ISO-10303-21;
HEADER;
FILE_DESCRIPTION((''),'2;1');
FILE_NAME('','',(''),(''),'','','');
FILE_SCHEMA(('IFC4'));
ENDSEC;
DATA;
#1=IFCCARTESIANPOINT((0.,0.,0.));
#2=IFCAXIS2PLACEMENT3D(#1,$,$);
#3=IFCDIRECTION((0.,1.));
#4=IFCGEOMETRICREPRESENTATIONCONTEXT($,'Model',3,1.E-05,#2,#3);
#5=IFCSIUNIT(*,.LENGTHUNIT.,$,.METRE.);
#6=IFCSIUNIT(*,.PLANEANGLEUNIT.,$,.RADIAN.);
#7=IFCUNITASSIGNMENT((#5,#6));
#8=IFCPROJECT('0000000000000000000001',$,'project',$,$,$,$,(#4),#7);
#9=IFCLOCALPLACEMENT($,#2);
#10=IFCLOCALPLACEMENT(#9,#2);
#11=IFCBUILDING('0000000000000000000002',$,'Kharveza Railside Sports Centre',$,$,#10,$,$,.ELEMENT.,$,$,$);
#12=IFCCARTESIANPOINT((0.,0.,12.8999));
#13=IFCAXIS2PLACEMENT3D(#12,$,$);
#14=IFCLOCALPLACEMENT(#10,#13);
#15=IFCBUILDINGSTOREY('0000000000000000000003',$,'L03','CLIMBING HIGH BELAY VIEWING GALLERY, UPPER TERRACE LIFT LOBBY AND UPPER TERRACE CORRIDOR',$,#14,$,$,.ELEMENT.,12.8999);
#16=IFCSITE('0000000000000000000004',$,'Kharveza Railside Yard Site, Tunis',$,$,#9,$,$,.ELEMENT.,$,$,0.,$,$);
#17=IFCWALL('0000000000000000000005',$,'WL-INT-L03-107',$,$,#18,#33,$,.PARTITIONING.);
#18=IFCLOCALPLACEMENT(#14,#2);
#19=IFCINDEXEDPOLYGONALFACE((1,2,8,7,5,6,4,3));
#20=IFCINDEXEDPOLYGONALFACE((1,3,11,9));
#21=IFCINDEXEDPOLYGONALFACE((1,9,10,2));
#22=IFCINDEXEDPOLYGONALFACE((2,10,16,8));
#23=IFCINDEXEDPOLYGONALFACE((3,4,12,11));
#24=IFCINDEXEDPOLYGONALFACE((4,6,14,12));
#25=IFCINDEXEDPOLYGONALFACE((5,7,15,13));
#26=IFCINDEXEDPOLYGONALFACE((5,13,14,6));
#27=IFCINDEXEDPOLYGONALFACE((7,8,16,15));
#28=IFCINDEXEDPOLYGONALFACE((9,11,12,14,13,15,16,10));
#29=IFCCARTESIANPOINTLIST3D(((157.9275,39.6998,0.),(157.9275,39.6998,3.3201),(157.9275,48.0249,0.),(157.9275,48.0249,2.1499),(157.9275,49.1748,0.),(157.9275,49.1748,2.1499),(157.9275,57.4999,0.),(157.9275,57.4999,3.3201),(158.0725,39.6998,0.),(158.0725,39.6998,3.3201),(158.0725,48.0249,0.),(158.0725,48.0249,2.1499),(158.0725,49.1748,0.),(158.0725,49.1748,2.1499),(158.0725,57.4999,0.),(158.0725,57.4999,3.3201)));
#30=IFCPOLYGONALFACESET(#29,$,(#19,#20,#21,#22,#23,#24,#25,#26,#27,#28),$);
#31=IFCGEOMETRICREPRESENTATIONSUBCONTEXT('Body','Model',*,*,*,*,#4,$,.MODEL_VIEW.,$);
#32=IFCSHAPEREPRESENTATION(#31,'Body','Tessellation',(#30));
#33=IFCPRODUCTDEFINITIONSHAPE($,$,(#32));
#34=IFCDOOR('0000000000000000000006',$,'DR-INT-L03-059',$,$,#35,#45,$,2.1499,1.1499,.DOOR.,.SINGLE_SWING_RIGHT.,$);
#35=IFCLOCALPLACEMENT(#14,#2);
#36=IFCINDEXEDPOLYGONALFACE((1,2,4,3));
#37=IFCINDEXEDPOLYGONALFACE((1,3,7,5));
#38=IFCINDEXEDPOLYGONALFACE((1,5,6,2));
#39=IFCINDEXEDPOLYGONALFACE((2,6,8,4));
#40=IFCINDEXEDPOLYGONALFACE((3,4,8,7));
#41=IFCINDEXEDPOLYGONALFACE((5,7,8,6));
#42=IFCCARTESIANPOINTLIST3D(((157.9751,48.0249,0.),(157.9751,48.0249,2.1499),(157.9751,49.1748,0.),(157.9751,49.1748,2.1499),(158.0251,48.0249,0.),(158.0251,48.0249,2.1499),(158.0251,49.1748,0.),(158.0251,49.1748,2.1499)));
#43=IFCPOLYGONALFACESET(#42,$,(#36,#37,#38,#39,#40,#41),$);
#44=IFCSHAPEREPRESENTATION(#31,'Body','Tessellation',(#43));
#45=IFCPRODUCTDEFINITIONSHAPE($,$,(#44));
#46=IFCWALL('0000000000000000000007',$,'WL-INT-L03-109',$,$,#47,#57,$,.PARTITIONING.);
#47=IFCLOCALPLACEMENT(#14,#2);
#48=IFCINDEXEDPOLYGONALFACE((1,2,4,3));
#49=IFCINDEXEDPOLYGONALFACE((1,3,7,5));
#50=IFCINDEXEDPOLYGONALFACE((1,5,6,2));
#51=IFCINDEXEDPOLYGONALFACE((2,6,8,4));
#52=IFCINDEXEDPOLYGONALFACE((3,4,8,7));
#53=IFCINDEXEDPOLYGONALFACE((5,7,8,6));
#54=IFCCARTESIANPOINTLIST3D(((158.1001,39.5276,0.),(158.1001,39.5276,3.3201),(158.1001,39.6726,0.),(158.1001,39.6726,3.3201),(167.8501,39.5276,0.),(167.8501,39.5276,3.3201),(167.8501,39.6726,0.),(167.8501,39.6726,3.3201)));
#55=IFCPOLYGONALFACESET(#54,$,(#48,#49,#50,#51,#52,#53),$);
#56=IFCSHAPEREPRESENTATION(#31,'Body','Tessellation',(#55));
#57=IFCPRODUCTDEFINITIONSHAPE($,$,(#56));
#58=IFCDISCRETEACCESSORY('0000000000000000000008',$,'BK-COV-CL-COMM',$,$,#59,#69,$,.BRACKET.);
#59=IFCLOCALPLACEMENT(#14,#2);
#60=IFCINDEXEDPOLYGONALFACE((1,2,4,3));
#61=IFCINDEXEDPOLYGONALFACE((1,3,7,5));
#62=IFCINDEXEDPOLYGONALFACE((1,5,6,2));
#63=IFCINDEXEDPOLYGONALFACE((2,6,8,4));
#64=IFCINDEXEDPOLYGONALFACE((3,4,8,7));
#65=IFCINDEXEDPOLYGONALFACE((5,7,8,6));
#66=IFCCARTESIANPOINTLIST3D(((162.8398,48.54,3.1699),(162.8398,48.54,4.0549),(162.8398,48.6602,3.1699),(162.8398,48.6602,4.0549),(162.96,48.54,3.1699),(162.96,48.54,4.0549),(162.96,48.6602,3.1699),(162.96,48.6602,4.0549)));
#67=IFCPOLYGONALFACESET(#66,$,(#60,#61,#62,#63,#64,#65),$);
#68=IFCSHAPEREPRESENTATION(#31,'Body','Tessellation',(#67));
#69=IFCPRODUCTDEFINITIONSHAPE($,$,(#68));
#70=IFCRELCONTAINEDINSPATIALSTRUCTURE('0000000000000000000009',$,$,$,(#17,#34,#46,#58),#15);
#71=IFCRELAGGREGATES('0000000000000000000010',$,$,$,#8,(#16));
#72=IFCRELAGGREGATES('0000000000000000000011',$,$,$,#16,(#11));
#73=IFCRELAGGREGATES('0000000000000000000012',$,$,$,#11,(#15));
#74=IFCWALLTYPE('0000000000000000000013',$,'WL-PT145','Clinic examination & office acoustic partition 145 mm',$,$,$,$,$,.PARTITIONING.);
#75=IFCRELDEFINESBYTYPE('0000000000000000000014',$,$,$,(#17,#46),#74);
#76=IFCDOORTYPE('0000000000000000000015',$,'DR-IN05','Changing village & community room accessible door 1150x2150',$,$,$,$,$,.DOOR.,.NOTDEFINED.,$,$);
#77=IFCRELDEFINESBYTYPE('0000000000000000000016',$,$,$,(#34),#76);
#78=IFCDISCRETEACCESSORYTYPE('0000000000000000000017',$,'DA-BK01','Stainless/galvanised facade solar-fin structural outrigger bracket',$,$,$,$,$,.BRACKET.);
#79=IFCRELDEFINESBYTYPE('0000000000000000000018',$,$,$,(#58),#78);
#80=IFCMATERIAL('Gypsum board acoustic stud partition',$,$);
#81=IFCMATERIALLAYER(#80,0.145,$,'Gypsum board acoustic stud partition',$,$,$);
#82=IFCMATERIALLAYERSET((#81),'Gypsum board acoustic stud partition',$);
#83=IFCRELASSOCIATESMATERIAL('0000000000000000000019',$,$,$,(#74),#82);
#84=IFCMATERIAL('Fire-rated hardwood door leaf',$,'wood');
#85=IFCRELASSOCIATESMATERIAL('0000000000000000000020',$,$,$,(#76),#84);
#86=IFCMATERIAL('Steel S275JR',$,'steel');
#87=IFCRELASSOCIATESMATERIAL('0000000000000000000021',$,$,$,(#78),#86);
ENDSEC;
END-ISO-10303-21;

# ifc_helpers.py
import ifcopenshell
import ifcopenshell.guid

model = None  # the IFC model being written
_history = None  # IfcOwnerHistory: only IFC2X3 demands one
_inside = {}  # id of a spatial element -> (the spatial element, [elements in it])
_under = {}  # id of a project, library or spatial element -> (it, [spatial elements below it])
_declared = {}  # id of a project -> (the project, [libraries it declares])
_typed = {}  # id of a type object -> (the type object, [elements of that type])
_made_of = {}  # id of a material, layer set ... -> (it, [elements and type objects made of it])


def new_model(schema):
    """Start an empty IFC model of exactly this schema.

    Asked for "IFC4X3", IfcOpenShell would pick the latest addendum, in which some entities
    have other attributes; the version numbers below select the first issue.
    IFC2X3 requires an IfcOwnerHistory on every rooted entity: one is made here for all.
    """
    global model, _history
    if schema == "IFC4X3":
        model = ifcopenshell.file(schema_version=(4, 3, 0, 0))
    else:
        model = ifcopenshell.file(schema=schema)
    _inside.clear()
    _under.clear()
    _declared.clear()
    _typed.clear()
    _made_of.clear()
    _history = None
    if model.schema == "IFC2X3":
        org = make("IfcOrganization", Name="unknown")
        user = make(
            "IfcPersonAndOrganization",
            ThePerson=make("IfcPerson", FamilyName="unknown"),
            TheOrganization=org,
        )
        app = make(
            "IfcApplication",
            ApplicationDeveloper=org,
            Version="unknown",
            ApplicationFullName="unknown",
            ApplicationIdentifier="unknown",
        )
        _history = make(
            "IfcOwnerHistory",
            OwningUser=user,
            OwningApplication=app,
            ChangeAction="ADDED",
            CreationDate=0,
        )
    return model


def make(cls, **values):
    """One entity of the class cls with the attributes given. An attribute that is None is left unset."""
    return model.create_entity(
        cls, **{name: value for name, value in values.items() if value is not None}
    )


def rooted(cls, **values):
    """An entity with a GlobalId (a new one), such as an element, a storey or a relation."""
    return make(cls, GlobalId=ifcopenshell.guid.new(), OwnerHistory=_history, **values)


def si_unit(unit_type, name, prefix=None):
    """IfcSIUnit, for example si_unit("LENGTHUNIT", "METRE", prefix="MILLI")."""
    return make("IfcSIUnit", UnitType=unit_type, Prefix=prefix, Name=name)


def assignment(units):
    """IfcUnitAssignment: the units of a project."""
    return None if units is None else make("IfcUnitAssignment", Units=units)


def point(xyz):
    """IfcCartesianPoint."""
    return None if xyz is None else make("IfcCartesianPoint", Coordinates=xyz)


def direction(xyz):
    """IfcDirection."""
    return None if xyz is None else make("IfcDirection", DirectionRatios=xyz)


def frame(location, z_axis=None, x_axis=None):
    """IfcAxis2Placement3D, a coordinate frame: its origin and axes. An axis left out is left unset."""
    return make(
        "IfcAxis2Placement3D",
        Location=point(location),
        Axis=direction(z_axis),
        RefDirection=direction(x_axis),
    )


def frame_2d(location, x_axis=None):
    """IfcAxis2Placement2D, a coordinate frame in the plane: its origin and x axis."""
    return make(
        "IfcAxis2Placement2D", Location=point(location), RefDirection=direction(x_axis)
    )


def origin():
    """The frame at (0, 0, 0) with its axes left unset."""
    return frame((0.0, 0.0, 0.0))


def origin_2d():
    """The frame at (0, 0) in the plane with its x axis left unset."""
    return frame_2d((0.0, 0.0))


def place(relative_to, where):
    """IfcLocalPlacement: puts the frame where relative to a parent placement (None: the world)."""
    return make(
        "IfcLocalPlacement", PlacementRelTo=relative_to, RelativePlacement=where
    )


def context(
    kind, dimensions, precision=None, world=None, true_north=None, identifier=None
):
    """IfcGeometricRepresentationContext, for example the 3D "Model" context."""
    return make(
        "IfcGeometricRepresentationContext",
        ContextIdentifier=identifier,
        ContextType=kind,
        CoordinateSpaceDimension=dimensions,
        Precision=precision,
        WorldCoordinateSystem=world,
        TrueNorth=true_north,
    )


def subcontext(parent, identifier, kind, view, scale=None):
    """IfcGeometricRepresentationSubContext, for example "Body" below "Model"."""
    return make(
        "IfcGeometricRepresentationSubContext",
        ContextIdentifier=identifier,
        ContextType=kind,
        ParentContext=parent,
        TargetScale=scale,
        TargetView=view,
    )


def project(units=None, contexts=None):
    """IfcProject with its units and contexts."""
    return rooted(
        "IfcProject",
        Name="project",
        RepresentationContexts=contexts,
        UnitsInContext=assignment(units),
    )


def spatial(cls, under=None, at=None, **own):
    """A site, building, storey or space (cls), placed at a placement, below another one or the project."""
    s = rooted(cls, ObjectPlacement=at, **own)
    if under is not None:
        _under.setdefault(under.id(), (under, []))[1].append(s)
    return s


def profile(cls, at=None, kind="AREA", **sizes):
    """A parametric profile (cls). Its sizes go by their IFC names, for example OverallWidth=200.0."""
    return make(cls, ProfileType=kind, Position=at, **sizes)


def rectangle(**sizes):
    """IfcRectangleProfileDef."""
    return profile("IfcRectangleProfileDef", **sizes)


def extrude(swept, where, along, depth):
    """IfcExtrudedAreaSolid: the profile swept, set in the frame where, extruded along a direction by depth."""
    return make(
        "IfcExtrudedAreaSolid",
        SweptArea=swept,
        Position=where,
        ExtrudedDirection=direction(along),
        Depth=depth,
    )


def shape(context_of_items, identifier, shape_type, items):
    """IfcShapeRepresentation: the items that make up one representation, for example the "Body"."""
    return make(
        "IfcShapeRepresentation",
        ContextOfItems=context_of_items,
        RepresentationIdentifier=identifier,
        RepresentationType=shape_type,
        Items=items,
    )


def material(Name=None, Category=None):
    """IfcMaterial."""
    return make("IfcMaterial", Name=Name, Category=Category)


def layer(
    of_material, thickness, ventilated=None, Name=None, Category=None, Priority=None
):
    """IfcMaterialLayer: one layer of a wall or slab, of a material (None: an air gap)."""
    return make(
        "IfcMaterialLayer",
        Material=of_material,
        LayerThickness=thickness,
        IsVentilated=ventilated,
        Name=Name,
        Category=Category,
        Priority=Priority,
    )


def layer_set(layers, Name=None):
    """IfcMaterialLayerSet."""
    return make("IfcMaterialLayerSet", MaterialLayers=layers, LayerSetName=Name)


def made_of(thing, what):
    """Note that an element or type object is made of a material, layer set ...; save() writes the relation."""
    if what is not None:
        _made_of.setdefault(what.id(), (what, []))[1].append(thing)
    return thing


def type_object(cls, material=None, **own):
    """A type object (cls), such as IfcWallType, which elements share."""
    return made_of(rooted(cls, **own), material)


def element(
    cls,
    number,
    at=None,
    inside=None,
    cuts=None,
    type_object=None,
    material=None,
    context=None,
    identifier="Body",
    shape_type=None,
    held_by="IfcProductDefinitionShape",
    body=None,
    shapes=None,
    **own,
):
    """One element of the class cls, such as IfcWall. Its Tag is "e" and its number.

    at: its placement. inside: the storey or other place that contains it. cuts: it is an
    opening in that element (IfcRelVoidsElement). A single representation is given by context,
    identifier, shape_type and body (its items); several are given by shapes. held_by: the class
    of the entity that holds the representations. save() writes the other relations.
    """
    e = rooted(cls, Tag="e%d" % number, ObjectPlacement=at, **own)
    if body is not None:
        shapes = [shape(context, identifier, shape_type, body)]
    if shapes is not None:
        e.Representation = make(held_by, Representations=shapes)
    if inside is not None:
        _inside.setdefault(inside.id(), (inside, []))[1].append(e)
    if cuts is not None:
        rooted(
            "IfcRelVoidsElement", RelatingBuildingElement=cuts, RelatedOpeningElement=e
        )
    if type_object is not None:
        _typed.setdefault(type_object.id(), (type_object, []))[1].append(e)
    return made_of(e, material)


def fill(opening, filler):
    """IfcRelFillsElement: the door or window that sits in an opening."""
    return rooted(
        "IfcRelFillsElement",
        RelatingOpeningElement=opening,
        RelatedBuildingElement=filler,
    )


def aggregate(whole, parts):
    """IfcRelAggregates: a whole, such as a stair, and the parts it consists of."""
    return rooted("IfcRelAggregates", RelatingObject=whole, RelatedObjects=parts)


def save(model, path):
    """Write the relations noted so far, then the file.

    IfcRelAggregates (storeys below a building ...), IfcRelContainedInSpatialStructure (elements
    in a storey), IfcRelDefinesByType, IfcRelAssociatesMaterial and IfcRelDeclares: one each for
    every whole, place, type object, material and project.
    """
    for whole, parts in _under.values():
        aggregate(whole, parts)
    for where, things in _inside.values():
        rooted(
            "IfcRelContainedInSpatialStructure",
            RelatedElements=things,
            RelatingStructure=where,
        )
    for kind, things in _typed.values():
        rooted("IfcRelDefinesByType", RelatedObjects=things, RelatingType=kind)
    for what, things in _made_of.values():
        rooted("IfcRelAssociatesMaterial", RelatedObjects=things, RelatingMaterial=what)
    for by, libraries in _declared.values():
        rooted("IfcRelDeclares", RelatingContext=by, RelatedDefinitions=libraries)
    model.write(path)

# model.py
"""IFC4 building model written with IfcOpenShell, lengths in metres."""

from ifc_helpers import new_model, si_unit, direction, frame, frame_2d, origin, origin_2d, place, context, subcontext, project, spatial, rectangle, extrude, material, layer, layer_set, type_object, element, fill, save


model = new_model("IFC4")

# Units and contexts
model_context = context("Model", 3, precision=1e-05, world=origin(), true_north=direction((0.0, 1.0)))
body_context = subcontext(model_context, "Body", "Model", "MODEL_VIEW")
ifc_project = project(units=[si_unit("LENGTHUNIT", "METRE"), si_unit("PLANEANGLEUNIT", "RADIAN")], contexts=[model_context])

# Site, building, storey
site_placement = place(None, origin())
site = spatial("IfcSite", under=ifc_project, at=site_placement, Name="Kharveza Railside Yard Site, Tunis", CompositionType="ELEMENT", RefElevation=0.0)
building_placement = place(site_placement, origin())
building = spatial("IfcBuilding", under=site, at=building_placement, Name="Kharveza Railside Sports Centre", CompositionType="ELEMENT")
storey_placement = place(building_placement, frame((0.0, 0.0, 12.8999)))
storey = spatial("IfcBuildingStorey", under=building, at=storey_placement, Name="L03", Description="CLIMBING HIGH BELAY VIEWING GALLERY, UPPER TERRACE LIFT LOBBY AND UPPER TERRACE CORRIDOR", CompositionType="ELEMENT", Elevation=12.8999)

# Wall, opening, door
ifc_material_1 = material(Name="Gypsum board acoustic stud partition")
ifc_layer = layer(ifc_material_1, 0.145, Name="Gypsum board acoustic stud partition")
ifc_layer_set = layer_set([ifc_layer], Name="Gypsum board acoustic stud partition")
wall_type = type_object("IfcWallType", Name="WL-PT145", Description="Clinic examination & office acoustic partition 145 mm", PredefinedType="PARTITIONING", material=ifc_layer_set)
wall_1_placement = place(storey_placement, frame((158.0, 39.7, 0.0), z_axis=(0.0, 0.0, 1.0), x_axis=(0.0, 1.0, 0.0)))
wall_1 = element("IfcWall", 1, at=wall_1_placement, inside=storey, type_object=wall_type, Name="WL-INT-L03-107", PredefinedType="PARTITIONING", context=body_context, shape_type="SweptSolid", body=[
    extrude(rectangle(XDim=17.8, YDim=0.145, at=frame_2d((8.8999, 0.0))), origin(), (0.0, 0.0, 1.0), 3.3201),
])
opening_placement = place(wall_1_placement, frame((8.325, 0.0, 0.0)))
opening = element("IfcOpeningElement", 2, at=opening_placement, cuts=wall_1, PredefinedType="OPENING", context=body_context, shape_type="SweptSolid", body=[
    extrude(rectangle(XDim=1.1499, YDim=2.1499, at=frame_2d((0.575, 1.075))), frame((0.0, 0.0974, 0.0), z_axis=(0.0, -1.0, 0.0), x_axis=(1.0, 0.0, 0.0)), (0.0, 0.0, 1.0), 0.1948),
])
ifc_material_2 = material(Name="Fire-rated hardwood door leaf", Category="wood")
door_type = type_object("IfcDoorType", Name="DR-IN05", Description="Changing village & community room accessible door 1150x2150", OperationType="NOTDEFINED", PredefinedType="DOOR", material=ifc_material_2)
door_placement = place(opening_placement, origin())
door = element("IfcDoor", 3, at=door_placement, inside=storey, type_object=door_type, Name="DR-INT-L03-059", OperationType="SINGLE_SWING_RIGHT", OverallHeight=2.1499, OverallWidth=1.1499, PredefinedType="DOOR", context=body_context, shape_type="SweptSolid", body=[
    extrude(rectangle(XDim=1.1499, YDim=2.1499, at=frame_2d((0.575, 1.075))), frame((0.0, 0.0249, 0.0), z_axis=(0.0, -1.0, 0.0), x_axis=(1.0, 0.0, 0.0)), (0.0, 0.0, 1.0), 0.05),
])
fill(opening, door)

# Wall
wall_2_placement = place(storey_placement, frame((158.1001, 39.6001, 0.0), z_axis=(0.0, 0.0, 1.0), x_axis=(1.0, 0.0, 0.0)))
element("IfcWall", 4, at=wall_2_placement, inside=storey, type_object=wall_type, Name="WL-INT-L03-109", PredefinedType="PARTITIONING", context=body_context, shape_type="SweptSolid", body=[
    extrude(rectangle(XDim=9.75, YDim=0.145, at=frame_2d((4.875, 0.0))), origin(), (0.0, 0.0, 1.0), 3.3201),
])

# Discrete accessory
ifc_material_3 = material(Name="Steel S275JR", Category="steel")
discrete_accessory_type = type_object("IfcDiscreteAccessoryType", Name="DA-BK01", Description="Stainless/galvanised facade solar-fin structural outrigger bracket", PredefinedType="BRACKET", material=ifc_material_3)
discrete_accessory_placement = place(storey_placement, frame((162.8999, 48.6001, 3.1699), z_axis=(0.0, 0.0, 1.0), x_axis=(1.0, 0.0, 0.0)))
element("IfcDiscreteAccessory", 5, at=discrete_accessory_placement, inside=storey, type_object=discrete_accessory_type, Name="BK-COV-CL-COMM", PredefinedType="BRACKET", context=body_context, shape_type="SweptSolid", body=[
    extrude(rectangle(XDim=0.1201, YDim=0.1201, at=origin_2d()), origin(), (0.0, 0.0, 1.0), 0.885),
])

save(model, "model.ifc")
